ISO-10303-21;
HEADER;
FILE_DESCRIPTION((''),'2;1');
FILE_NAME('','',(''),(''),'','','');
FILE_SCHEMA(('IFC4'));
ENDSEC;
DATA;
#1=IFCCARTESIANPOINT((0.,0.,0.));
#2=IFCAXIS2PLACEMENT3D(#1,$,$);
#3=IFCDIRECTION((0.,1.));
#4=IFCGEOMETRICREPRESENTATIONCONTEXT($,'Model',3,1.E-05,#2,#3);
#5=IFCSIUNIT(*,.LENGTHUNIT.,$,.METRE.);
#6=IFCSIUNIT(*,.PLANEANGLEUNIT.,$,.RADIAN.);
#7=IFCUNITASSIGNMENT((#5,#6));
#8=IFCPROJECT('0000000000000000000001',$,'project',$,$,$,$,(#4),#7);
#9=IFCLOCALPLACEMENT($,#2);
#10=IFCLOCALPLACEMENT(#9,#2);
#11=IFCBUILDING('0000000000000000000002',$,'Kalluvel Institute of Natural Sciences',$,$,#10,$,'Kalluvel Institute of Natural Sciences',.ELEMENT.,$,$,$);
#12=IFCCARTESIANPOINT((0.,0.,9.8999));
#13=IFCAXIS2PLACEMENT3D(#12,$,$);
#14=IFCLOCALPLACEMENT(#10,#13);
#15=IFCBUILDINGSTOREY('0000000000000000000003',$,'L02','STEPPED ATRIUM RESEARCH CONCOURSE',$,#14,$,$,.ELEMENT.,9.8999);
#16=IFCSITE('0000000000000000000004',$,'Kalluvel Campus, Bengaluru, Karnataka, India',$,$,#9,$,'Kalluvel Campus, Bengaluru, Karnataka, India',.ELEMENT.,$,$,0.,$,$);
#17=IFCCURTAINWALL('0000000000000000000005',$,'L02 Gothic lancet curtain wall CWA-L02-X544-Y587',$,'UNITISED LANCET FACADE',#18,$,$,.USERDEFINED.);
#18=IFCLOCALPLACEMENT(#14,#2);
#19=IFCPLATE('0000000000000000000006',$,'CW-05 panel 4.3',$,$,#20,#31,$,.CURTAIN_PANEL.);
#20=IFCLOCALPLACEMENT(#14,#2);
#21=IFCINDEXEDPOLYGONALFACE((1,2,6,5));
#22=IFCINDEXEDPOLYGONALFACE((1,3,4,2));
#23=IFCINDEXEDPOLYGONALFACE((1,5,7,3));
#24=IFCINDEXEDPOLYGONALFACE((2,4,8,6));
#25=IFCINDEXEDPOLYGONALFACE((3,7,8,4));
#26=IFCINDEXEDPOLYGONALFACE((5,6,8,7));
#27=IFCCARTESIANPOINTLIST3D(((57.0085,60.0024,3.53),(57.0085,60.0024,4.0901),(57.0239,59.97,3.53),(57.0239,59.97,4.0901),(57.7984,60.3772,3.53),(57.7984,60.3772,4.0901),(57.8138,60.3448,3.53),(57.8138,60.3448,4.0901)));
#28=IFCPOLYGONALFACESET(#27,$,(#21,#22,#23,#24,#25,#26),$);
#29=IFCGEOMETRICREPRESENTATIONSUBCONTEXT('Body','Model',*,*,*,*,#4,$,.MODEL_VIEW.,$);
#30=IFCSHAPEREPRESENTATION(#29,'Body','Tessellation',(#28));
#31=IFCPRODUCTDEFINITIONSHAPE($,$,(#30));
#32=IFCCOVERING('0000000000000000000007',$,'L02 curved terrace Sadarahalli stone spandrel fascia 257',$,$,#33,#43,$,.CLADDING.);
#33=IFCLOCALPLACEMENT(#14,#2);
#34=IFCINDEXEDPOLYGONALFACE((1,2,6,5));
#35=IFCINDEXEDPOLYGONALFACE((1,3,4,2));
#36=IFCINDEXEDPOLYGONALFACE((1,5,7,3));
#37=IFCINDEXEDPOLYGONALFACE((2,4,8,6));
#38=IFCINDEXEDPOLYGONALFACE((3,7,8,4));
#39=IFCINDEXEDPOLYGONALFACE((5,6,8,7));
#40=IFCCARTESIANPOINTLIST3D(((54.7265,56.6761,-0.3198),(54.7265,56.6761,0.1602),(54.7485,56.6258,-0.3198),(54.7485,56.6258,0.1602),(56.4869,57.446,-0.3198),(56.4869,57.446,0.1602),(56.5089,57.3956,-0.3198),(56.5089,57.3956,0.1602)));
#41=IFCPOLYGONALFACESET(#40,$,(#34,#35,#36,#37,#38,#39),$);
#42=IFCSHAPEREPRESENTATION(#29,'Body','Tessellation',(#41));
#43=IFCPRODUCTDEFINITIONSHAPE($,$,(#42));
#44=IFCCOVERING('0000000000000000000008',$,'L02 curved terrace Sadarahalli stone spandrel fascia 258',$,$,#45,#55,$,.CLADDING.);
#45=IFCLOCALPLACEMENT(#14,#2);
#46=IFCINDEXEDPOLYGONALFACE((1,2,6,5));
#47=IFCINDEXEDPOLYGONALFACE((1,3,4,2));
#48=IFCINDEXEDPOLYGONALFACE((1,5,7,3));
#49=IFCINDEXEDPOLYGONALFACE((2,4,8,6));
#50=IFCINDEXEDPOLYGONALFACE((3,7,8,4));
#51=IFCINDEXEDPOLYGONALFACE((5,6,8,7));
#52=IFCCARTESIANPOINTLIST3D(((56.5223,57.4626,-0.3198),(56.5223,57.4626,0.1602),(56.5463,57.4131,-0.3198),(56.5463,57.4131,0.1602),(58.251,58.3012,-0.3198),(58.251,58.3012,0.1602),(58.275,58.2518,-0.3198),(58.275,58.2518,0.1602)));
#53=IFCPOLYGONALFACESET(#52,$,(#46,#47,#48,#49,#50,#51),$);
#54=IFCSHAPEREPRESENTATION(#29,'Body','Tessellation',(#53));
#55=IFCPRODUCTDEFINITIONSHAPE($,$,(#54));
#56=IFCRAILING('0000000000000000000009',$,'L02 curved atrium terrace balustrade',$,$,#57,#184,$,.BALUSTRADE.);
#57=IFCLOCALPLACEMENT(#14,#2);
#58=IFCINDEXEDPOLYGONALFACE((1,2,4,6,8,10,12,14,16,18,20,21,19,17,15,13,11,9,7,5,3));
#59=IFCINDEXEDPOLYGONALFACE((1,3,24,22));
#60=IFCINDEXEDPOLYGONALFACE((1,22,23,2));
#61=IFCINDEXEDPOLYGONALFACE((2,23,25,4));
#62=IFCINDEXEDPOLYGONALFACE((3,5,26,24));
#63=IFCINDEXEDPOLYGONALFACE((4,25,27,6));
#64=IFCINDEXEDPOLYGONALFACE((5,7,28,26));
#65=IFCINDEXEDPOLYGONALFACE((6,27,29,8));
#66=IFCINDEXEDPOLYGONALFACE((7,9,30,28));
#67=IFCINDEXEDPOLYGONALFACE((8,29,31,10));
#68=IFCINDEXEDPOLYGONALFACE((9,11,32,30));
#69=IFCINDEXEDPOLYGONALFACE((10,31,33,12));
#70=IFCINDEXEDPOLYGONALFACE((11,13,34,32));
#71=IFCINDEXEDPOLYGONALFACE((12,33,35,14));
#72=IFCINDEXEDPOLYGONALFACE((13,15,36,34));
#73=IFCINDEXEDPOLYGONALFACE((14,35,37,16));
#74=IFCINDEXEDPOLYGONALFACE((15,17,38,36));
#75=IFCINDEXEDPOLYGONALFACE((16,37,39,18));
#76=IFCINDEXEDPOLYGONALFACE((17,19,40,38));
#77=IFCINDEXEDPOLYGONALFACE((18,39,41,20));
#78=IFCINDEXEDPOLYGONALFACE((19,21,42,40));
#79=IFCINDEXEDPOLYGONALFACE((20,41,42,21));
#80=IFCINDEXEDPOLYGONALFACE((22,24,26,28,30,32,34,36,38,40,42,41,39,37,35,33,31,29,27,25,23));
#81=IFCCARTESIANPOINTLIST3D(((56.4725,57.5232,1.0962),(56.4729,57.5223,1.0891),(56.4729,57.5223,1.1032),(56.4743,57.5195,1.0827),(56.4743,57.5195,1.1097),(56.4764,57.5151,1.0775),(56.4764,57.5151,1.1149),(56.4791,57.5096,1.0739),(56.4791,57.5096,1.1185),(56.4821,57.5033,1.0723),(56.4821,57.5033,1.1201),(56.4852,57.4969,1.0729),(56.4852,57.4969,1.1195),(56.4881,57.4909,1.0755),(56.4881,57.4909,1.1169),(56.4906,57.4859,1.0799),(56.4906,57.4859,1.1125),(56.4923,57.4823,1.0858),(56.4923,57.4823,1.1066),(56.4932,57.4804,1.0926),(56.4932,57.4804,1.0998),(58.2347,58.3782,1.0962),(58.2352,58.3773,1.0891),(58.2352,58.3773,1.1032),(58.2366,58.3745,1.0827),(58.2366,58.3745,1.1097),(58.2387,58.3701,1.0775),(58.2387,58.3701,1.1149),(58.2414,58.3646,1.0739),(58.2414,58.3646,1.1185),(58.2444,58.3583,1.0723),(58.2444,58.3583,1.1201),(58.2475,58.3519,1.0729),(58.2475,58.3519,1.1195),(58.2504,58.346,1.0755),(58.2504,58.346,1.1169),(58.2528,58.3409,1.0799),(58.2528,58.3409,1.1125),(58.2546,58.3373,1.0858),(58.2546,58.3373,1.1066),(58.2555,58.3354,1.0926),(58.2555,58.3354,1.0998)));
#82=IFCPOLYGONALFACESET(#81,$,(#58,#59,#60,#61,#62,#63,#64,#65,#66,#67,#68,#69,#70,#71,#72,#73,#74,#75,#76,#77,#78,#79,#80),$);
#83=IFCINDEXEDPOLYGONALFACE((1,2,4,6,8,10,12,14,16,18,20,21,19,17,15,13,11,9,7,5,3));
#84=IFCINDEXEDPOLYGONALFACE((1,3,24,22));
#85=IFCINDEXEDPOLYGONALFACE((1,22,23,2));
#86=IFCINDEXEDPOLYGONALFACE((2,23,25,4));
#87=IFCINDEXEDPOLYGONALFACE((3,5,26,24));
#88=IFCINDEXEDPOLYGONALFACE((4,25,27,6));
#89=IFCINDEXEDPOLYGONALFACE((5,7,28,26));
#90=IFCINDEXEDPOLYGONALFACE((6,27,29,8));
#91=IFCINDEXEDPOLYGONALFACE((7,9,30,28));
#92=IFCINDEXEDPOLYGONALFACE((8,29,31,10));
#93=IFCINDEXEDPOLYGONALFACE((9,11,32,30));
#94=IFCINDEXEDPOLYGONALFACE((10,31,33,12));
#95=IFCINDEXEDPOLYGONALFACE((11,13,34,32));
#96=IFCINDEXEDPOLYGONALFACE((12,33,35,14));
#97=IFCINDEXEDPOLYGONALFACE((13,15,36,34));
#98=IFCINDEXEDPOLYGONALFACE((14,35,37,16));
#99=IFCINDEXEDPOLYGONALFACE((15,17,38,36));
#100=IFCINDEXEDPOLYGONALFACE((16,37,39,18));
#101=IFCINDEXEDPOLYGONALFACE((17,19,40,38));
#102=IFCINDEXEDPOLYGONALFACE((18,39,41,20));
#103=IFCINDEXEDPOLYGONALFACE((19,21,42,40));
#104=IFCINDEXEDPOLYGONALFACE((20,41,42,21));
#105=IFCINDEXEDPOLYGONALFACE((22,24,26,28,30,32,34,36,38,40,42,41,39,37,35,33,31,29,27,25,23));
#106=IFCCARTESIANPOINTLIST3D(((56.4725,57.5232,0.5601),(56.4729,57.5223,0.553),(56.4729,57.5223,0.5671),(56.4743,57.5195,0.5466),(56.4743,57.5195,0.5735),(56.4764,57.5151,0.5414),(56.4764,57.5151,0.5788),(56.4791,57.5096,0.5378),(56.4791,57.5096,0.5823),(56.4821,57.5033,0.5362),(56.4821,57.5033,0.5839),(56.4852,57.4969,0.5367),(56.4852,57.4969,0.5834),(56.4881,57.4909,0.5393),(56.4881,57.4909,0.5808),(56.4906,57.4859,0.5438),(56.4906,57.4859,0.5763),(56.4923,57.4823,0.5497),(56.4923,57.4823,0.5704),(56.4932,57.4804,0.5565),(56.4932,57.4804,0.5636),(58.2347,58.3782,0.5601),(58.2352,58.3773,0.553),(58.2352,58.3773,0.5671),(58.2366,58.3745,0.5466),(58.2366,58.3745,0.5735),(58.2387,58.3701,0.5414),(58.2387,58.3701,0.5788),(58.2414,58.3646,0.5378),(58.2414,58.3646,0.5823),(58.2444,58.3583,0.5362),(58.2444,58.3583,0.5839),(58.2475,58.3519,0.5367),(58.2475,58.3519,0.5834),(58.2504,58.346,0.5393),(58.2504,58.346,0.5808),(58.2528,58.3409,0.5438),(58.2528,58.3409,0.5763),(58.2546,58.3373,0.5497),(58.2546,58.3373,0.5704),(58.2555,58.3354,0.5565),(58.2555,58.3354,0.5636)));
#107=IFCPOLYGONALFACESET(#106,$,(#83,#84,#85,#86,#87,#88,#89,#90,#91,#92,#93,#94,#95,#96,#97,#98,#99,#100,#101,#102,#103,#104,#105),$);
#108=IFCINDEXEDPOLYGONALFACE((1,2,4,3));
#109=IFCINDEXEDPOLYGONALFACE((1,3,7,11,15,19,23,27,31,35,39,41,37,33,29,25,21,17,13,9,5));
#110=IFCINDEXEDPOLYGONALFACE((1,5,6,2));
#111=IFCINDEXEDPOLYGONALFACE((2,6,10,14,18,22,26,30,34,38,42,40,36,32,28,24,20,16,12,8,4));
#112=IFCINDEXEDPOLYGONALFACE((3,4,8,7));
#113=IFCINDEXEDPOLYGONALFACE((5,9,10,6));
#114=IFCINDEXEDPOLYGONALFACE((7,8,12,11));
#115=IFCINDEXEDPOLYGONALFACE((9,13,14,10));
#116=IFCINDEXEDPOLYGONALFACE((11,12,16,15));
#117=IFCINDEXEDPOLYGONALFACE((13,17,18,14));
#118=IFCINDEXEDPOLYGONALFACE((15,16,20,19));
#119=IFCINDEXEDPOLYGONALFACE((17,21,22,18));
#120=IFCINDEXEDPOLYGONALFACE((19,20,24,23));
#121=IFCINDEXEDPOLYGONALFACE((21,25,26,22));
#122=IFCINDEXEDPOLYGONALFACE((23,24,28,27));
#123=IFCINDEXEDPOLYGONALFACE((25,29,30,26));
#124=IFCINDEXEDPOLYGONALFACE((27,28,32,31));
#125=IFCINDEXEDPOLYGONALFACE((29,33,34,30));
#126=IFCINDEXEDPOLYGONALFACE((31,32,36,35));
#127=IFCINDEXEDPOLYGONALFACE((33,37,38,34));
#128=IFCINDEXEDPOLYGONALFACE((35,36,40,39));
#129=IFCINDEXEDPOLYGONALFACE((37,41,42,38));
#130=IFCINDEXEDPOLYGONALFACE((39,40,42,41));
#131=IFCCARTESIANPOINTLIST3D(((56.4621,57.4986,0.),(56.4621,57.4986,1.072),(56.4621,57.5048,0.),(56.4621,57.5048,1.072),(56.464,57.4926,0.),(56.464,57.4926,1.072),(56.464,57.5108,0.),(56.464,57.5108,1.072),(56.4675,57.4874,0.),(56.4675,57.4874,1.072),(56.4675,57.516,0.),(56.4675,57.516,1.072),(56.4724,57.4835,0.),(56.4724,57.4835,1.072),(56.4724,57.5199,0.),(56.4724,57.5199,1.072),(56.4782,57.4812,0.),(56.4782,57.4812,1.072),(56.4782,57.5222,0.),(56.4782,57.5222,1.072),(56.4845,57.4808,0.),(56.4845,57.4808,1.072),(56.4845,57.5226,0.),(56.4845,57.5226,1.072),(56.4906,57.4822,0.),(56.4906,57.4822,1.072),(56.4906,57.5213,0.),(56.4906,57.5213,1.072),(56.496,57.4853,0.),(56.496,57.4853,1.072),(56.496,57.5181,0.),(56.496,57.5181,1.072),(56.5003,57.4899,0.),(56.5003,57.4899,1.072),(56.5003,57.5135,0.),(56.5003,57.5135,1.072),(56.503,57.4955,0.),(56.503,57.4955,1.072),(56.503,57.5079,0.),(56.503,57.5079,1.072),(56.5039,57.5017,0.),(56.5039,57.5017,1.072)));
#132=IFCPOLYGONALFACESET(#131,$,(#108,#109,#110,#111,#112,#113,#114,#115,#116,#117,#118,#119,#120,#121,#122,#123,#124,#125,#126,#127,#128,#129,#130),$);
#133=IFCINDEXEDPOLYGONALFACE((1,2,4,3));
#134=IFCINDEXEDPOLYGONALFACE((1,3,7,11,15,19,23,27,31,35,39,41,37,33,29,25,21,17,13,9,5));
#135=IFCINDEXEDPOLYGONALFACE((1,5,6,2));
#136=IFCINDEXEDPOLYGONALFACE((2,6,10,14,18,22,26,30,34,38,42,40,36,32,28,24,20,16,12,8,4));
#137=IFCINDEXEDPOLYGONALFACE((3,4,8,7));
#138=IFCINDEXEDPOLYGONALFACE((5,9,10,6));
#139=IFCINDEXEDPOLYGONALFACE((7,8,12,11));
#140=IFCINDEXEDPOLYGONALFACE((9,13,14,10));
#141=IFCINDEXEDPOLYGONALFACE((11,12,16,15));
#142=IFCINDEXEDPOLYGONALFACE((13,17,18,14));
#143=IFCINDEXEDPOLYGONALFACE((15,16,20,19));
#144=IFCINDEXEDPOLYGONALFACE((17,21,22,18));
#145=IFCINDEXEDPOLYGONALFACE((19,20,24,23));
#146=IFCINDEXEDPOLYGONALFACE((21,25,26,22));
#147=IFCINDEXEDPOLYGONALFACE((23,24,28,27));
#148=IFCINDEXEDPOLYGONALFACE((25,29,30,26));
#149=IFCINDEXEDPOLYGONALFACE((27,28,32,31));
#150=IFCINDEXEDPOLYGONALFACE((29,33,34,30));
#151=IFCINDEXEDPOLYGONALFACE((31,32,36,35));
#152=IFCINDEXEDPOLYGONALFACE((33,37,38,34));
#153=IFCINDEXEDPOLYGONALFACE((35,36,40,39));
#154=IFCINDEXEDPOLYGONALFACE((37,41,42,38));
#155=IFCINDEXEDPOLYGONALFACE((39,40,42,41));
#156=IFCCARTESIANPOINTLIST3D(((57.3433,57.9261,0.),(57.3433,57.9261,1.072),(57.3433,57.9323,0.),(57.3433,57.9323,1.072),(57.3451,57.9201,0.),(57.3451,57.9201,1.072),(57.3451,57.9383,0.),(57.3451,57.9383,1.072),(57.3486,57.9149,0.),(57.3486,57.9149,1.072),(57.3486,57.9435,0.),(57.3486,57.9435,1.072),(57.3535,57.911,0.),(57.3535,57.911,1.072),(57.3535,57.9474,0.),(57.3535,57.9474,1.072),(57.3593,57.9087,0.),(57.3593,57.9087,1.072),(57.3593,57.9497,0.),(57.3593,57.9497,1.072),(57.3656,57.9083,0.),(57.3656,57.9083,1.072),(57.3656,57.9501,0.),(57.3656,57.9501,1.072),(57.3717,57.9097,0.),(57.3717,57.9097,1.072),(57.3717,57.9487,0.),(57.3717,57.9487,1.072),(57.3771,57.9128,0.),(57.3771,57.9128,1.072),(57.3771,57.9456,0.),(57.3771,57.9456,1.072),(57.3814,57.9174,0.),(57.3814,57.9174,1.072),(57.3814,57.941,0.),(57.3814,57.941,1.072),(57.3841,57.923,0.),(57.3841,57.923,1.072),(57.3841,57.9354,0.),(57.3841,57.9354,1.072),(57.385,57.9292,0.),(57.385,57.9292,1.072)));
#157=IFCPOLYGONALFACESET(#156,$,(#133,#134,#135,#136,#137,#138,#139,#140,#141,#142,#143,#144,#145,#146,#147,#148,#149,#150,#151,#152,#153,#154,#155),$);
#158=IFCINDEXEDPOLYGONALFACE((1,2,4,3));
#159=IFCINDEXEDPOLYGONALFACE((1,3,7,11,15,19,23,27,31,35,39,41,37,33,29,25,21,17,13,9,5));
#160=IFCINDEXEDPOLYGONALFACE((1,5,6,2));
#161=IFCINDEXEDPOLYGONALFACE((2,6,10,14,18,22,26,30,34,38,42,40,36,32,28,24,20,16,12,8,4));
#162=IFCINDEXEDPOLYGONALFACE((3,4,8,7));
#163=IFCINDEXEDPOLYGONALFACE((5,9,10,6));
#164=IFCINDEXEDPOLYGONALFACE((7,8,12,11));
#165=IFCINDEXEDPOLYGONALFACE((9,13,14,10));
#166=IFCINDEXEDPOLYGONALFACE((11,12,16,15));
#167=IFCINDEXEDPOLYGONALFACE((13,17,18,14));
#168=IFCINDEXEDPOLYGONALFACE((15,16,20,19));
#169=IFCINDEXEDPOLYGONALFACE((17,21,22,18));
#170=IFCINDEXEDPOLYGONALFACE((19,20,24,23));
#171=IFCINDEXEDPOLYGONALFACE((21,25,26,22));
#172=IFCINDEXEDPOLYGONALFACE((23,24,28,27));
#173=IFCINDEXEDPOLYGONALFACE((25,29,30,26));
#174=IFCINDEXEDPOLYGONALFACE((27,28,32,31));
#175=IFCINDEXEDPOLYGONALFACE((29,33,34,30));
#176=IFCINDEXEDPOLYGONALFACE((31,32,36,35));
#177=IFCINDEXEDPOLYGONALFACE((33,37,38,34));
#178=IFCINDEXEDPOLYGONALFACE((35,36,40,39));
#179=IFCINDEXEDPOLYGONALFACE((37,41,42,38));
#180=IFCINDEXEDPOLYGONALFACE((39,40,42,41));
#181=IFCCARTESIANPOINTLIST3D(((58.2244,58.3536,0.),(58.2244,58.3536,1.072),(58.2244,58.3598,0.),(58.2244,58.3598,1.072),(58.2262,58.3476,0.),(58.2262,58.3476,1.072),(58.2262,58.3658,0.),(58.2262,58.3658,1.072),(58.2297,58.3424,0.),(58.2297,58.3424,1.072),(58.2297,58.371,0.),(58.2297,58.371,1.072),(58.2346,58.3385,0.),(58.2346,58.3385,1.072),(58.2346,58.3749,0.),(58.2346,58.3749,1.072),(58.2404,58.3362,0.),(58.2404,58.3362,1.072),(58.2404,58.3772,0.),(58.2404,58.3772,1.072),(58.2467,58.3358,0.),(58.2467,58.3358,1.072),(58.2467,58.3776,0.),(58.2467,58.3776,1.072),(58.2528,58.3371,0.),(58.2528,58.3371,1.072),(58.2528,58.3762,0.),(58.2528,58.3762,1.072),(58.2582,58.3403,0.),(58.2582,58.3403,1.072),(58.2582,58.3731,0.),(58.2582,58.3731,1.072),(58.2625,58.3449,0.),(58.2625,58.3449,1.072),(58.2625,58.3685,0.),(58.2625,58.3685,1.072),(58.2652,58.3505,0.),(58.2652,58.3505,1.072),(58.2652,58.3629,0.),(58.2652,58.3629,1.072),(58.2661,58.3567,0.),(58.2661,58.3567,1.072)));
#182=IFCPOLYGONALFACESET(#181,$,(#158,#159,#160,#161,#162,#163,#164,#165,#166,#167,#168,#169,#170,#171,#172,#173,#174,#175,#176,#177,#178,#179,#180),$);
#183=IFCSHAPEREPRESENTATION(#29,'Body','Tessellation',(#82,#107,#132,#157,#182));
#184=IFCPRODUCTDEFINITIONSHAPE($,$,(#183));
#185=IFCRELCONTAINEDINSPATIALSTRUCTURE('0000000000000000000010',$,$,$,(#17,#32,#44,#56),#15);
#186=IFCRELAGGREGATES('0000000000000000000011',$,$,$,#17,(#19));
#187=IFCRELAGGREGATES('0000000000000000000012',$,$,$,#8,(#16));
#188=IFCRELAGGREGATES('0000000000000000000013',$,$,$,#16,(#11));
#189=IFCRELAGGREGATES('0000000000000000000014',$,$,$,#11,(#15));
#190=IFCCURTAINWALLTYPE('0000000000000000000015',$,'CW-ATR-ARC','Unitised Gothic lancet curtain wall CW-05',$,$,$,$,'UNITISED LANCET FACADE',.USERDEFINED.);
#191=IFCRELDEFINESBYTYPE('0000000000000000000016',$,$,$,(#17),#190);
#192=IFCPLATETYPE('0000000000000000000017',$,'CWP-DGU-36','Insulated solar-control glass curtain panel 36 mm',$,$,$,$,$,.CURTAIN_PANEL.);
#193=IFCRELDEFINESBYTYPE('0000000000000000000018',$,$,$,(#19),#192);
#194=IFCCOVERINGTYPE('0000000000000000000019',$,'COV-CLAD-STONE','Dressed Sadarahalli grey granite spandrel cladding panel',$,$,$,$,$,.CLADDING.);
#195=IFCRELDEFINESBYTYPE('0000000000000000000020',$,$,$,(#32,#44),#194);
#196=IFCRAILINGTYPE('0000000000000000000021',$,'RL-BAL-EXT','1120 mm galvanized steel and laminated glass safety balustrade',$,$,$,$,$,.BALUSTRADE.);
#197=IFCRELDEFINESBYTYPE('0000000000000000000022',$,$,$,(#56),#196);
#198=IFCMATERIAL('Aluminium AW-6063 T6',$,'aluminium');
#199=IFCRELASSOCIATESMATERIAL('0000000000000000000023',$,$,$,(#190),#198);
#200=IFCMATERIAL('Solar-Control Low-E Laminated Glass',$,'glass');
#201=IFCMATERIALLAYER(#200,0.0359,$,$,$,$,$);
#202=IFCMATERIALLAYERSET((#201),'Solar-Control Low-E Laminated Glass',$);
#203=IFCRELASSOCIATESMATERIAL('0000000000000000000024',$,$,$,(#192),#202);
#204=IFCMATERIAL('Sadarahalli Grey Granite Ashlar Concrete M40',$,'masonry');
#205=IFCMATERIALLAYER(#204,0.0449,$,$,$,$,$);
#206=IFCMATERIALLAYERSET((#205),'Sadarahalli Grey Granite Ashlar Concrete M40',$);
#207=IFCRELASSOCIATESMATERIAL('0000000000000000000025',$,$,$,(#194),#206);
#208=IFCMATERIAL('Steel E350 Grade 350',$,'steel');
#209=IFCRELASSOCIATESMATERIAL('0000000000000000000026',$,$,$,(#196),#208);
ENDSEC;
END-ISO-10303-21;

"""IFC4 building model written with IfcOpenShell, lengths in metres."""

from ifc_helpers import new_model, si_unit, direction, frame, origin, origin_2d, place, context, subcontext, project, spatial, rectangle, circle, extrude, material, layer, layer_set, type_object, element, aggregate, save


model = new_model("IFC4")

# Units and contexts
model_context = context("Model", 3, precision=1e-05, world=origin(), true_north=direction((0.0, 1.0)))
body_context = subcontext(model_context, "Body", "Model", "MODEL_VIEW")
ifc_project = project(units=[si_unit("LENGTHUNIT", "METRE"), si_unit("PLANEANGLEUNIT", "RADIAN")], contexts=[model_context])

# Site, building, storey
site_placement = place(None, origin())
site = spatial("IfcSite", under=ifc_project, at=site_placement, Name="Kalluvel Campus, Bengaluru, Karnataka, India", LongName="Kalluvel Campus, Bengaluru, Karnataka, India", CompositionType="ELEMENT", RefElevation=0.0)
building_placement = place(site_placement, origin())
building = spatial("IfcBuilding", under=site, at=building_placement, Name="Kalluvel Institute of Natural Sciences", LongName="Kalluvel Institute of Natural Sciences", CompositionType="ELEMENT")
storey_placement = place(building_placement, frame((0.0, 0.0, 9.8999)))
storey = spatial("IfcBuildingStorey", under=building, at=storey_placement, Name="L02", Description="STEPPED ATRIUM RESEARCH CONCOURSE", CompositionType="ELEMENT", Elevation=9.8999)

# Curtain wall
ifc_material_1 = material(Name="Aluminium AW-6063 T6", Category="aluminium")
curtain_wall_type = type_object("IfcCurtainWallType", Name="CW-ATR-ARC", Description="Unitised Gothic lancet curtain wall CW-05", ElementType="UNITISED LANCET FACADE", PredefinedType="USERDEFINED", material=ifc_material_1)
curtain_wall_1_placement = place(storey_placement, origin())
curtain_wall_1 = element("IfcCurtainWall", 1, at=curtain_wall_1_placement, inside=storey, type_object=curtain_wall_type, Name="L02 Gothic lancet curtain wall CWA-L02-X544-Y587", ObjectType="UNITISED LANCET FACADE", PredefinedType="USERDEFINED")

# Plate
ifc_material_2 = material(Name="Solar-Control Low-E Laminated Glass", Category="glass")
ifc_layer_1 = layer(ifc_material_2, 0.0359)
ifc_layer_set_1 = layer_set([ifc_layer_1], Name="Solar-Control Low-E Laminated Glass")
plate_type = type_object("IfcPlateType", Name="CWP-DGU-36", Description="Insulated solar-control glass curtain panel 36 mm", PredefinedType="CURTAIN_PANEL", material=ifc_layer_set_1)
plate_1_placement = place(storey_placement, frame((57.4111, 60.1736, 3.53), z_axis=(0.0, 0.0, 1.0), x_axis=(0.903446, 0.428702, 0.0)))
plate_1 = element("IfcPlate", 2, at=plate_1_placement, type_object=plate_type, Name="CW-05 panel 4.3", PredefinedType="CURTAIN_PANEL", context=body_context, shape_type="SweptSolid", body=[
    extrude(rectangle(XDim=0.8743, YDim=0.0359, at=origin_2d()), origin(), (0.0, 0.0, 1.0), 0.5601),
])
aggregate(curtain_wall_1, [plate_1])

# Coverings
ifc_material_3 = material(Name="Sadarahalli Grey Granite Ashlar Concrete M40", Category="masonry")
ifc_layer_2 = layer(ifc_material_3, 0.0449)
ifc_layer_set_2 = layer_set([ifc_layer_2], Name="Sadarahalli Grey Granite Ashlar Concrete M40")
covering_type = type_object("IfcCoveringType", Name="COV-CLAD-STONE", Description="Dressed Sadarahalli grey granite spandrel cladding panel", PredefinedType="CLADDING", material=ifc_layer_set_2)
for number, where, z_axis, x_axis, name in (
    (3, (55.6177, 57.0359, -0.3198), (0.0, 0.0, 1.0), (0.916223, 0.400669, 0.0), "L02 curved terrace Sadarahalli stone spandrel fascia 257"),
    (4, (57.3987, 57.8572, -0.3198), (0.0, 0.0, 1.0), (0.89971, 0.436488, 0.0), "L02 curved terrace Sadarahalli stone spandrel fascia 258"),
):
    element("IfcCovering", number, at=place(storey_placement, frame(where, z_axis=z_axis, x_axis=x_axis)), inside=storey, type_object=covering_type, Name=name, PredefinedType="CLADDING", context=body_context, shape_type="SweptSolid", body=[
        extrude(rectangle(XDim=1.9214, YDim=0.0549, at=origin_2d()), origin(), (0.0, 0.0, 1.0), 0.48),
    ])

# Railing
ifc_material_4 = material(Name="Steel E350 Grade 350", Category="steel")
railing_type = type_object("IfcRailingType", Name="RL-BAL-EXT", Description="1120 mm galvanized steel and laminated glass safety balustrade", PredefinedType="BALUSTRADE", material=ifc_material_4)
railing_placement = place(storey_placement, frame((56.4829, 57.5017, 0.0)))
element("IfcRailing", 5, at=railing_placement, inside=storey, type_object=railing_type, Name="L02 curved atrium terrace balustrade", PredefinedType="BALUSTRADE", context=body_context, shape_type="SweptSolid", body=[
    extrude(circle(Radius=0.0239, at=origin_2d()), frame((0.0, 0.0, 1.0962), z_axis=(0.899698, 0.436512, 0.0), x_axis=(-0.436512, 0.899698, 0.0)), (0.0, 0.0, 1.0), 1.9587),
    extrude(circle(Radius=0.0239, at=origin_2d()), frame((0.0, 0.0, 0.5601), z_axis=(0.899698, 0.436512, 0.0), x_axis=(-0.436512, 0.899698, 0.0)), (0.0, 0.0, 1.0), 1.9587),
    extrude(circle(Radius=0.021, at=origin_2d()), origin(), (0.0, 0.0, 1.0), 1.072),
    extrude(circle(Radius=0.021, at=origin_2d()), frame((0.8811, 0.4275, 0.0)), (0.0, 0.0, 1.0), 1.072),
    extrude(circle(Radius=0.021, at=origin_2d()), frame((1.7622, 0.855, 0.0)), (0.0, 0.0, 1.0), 1.072),
])

save(model, "model.ifc")
